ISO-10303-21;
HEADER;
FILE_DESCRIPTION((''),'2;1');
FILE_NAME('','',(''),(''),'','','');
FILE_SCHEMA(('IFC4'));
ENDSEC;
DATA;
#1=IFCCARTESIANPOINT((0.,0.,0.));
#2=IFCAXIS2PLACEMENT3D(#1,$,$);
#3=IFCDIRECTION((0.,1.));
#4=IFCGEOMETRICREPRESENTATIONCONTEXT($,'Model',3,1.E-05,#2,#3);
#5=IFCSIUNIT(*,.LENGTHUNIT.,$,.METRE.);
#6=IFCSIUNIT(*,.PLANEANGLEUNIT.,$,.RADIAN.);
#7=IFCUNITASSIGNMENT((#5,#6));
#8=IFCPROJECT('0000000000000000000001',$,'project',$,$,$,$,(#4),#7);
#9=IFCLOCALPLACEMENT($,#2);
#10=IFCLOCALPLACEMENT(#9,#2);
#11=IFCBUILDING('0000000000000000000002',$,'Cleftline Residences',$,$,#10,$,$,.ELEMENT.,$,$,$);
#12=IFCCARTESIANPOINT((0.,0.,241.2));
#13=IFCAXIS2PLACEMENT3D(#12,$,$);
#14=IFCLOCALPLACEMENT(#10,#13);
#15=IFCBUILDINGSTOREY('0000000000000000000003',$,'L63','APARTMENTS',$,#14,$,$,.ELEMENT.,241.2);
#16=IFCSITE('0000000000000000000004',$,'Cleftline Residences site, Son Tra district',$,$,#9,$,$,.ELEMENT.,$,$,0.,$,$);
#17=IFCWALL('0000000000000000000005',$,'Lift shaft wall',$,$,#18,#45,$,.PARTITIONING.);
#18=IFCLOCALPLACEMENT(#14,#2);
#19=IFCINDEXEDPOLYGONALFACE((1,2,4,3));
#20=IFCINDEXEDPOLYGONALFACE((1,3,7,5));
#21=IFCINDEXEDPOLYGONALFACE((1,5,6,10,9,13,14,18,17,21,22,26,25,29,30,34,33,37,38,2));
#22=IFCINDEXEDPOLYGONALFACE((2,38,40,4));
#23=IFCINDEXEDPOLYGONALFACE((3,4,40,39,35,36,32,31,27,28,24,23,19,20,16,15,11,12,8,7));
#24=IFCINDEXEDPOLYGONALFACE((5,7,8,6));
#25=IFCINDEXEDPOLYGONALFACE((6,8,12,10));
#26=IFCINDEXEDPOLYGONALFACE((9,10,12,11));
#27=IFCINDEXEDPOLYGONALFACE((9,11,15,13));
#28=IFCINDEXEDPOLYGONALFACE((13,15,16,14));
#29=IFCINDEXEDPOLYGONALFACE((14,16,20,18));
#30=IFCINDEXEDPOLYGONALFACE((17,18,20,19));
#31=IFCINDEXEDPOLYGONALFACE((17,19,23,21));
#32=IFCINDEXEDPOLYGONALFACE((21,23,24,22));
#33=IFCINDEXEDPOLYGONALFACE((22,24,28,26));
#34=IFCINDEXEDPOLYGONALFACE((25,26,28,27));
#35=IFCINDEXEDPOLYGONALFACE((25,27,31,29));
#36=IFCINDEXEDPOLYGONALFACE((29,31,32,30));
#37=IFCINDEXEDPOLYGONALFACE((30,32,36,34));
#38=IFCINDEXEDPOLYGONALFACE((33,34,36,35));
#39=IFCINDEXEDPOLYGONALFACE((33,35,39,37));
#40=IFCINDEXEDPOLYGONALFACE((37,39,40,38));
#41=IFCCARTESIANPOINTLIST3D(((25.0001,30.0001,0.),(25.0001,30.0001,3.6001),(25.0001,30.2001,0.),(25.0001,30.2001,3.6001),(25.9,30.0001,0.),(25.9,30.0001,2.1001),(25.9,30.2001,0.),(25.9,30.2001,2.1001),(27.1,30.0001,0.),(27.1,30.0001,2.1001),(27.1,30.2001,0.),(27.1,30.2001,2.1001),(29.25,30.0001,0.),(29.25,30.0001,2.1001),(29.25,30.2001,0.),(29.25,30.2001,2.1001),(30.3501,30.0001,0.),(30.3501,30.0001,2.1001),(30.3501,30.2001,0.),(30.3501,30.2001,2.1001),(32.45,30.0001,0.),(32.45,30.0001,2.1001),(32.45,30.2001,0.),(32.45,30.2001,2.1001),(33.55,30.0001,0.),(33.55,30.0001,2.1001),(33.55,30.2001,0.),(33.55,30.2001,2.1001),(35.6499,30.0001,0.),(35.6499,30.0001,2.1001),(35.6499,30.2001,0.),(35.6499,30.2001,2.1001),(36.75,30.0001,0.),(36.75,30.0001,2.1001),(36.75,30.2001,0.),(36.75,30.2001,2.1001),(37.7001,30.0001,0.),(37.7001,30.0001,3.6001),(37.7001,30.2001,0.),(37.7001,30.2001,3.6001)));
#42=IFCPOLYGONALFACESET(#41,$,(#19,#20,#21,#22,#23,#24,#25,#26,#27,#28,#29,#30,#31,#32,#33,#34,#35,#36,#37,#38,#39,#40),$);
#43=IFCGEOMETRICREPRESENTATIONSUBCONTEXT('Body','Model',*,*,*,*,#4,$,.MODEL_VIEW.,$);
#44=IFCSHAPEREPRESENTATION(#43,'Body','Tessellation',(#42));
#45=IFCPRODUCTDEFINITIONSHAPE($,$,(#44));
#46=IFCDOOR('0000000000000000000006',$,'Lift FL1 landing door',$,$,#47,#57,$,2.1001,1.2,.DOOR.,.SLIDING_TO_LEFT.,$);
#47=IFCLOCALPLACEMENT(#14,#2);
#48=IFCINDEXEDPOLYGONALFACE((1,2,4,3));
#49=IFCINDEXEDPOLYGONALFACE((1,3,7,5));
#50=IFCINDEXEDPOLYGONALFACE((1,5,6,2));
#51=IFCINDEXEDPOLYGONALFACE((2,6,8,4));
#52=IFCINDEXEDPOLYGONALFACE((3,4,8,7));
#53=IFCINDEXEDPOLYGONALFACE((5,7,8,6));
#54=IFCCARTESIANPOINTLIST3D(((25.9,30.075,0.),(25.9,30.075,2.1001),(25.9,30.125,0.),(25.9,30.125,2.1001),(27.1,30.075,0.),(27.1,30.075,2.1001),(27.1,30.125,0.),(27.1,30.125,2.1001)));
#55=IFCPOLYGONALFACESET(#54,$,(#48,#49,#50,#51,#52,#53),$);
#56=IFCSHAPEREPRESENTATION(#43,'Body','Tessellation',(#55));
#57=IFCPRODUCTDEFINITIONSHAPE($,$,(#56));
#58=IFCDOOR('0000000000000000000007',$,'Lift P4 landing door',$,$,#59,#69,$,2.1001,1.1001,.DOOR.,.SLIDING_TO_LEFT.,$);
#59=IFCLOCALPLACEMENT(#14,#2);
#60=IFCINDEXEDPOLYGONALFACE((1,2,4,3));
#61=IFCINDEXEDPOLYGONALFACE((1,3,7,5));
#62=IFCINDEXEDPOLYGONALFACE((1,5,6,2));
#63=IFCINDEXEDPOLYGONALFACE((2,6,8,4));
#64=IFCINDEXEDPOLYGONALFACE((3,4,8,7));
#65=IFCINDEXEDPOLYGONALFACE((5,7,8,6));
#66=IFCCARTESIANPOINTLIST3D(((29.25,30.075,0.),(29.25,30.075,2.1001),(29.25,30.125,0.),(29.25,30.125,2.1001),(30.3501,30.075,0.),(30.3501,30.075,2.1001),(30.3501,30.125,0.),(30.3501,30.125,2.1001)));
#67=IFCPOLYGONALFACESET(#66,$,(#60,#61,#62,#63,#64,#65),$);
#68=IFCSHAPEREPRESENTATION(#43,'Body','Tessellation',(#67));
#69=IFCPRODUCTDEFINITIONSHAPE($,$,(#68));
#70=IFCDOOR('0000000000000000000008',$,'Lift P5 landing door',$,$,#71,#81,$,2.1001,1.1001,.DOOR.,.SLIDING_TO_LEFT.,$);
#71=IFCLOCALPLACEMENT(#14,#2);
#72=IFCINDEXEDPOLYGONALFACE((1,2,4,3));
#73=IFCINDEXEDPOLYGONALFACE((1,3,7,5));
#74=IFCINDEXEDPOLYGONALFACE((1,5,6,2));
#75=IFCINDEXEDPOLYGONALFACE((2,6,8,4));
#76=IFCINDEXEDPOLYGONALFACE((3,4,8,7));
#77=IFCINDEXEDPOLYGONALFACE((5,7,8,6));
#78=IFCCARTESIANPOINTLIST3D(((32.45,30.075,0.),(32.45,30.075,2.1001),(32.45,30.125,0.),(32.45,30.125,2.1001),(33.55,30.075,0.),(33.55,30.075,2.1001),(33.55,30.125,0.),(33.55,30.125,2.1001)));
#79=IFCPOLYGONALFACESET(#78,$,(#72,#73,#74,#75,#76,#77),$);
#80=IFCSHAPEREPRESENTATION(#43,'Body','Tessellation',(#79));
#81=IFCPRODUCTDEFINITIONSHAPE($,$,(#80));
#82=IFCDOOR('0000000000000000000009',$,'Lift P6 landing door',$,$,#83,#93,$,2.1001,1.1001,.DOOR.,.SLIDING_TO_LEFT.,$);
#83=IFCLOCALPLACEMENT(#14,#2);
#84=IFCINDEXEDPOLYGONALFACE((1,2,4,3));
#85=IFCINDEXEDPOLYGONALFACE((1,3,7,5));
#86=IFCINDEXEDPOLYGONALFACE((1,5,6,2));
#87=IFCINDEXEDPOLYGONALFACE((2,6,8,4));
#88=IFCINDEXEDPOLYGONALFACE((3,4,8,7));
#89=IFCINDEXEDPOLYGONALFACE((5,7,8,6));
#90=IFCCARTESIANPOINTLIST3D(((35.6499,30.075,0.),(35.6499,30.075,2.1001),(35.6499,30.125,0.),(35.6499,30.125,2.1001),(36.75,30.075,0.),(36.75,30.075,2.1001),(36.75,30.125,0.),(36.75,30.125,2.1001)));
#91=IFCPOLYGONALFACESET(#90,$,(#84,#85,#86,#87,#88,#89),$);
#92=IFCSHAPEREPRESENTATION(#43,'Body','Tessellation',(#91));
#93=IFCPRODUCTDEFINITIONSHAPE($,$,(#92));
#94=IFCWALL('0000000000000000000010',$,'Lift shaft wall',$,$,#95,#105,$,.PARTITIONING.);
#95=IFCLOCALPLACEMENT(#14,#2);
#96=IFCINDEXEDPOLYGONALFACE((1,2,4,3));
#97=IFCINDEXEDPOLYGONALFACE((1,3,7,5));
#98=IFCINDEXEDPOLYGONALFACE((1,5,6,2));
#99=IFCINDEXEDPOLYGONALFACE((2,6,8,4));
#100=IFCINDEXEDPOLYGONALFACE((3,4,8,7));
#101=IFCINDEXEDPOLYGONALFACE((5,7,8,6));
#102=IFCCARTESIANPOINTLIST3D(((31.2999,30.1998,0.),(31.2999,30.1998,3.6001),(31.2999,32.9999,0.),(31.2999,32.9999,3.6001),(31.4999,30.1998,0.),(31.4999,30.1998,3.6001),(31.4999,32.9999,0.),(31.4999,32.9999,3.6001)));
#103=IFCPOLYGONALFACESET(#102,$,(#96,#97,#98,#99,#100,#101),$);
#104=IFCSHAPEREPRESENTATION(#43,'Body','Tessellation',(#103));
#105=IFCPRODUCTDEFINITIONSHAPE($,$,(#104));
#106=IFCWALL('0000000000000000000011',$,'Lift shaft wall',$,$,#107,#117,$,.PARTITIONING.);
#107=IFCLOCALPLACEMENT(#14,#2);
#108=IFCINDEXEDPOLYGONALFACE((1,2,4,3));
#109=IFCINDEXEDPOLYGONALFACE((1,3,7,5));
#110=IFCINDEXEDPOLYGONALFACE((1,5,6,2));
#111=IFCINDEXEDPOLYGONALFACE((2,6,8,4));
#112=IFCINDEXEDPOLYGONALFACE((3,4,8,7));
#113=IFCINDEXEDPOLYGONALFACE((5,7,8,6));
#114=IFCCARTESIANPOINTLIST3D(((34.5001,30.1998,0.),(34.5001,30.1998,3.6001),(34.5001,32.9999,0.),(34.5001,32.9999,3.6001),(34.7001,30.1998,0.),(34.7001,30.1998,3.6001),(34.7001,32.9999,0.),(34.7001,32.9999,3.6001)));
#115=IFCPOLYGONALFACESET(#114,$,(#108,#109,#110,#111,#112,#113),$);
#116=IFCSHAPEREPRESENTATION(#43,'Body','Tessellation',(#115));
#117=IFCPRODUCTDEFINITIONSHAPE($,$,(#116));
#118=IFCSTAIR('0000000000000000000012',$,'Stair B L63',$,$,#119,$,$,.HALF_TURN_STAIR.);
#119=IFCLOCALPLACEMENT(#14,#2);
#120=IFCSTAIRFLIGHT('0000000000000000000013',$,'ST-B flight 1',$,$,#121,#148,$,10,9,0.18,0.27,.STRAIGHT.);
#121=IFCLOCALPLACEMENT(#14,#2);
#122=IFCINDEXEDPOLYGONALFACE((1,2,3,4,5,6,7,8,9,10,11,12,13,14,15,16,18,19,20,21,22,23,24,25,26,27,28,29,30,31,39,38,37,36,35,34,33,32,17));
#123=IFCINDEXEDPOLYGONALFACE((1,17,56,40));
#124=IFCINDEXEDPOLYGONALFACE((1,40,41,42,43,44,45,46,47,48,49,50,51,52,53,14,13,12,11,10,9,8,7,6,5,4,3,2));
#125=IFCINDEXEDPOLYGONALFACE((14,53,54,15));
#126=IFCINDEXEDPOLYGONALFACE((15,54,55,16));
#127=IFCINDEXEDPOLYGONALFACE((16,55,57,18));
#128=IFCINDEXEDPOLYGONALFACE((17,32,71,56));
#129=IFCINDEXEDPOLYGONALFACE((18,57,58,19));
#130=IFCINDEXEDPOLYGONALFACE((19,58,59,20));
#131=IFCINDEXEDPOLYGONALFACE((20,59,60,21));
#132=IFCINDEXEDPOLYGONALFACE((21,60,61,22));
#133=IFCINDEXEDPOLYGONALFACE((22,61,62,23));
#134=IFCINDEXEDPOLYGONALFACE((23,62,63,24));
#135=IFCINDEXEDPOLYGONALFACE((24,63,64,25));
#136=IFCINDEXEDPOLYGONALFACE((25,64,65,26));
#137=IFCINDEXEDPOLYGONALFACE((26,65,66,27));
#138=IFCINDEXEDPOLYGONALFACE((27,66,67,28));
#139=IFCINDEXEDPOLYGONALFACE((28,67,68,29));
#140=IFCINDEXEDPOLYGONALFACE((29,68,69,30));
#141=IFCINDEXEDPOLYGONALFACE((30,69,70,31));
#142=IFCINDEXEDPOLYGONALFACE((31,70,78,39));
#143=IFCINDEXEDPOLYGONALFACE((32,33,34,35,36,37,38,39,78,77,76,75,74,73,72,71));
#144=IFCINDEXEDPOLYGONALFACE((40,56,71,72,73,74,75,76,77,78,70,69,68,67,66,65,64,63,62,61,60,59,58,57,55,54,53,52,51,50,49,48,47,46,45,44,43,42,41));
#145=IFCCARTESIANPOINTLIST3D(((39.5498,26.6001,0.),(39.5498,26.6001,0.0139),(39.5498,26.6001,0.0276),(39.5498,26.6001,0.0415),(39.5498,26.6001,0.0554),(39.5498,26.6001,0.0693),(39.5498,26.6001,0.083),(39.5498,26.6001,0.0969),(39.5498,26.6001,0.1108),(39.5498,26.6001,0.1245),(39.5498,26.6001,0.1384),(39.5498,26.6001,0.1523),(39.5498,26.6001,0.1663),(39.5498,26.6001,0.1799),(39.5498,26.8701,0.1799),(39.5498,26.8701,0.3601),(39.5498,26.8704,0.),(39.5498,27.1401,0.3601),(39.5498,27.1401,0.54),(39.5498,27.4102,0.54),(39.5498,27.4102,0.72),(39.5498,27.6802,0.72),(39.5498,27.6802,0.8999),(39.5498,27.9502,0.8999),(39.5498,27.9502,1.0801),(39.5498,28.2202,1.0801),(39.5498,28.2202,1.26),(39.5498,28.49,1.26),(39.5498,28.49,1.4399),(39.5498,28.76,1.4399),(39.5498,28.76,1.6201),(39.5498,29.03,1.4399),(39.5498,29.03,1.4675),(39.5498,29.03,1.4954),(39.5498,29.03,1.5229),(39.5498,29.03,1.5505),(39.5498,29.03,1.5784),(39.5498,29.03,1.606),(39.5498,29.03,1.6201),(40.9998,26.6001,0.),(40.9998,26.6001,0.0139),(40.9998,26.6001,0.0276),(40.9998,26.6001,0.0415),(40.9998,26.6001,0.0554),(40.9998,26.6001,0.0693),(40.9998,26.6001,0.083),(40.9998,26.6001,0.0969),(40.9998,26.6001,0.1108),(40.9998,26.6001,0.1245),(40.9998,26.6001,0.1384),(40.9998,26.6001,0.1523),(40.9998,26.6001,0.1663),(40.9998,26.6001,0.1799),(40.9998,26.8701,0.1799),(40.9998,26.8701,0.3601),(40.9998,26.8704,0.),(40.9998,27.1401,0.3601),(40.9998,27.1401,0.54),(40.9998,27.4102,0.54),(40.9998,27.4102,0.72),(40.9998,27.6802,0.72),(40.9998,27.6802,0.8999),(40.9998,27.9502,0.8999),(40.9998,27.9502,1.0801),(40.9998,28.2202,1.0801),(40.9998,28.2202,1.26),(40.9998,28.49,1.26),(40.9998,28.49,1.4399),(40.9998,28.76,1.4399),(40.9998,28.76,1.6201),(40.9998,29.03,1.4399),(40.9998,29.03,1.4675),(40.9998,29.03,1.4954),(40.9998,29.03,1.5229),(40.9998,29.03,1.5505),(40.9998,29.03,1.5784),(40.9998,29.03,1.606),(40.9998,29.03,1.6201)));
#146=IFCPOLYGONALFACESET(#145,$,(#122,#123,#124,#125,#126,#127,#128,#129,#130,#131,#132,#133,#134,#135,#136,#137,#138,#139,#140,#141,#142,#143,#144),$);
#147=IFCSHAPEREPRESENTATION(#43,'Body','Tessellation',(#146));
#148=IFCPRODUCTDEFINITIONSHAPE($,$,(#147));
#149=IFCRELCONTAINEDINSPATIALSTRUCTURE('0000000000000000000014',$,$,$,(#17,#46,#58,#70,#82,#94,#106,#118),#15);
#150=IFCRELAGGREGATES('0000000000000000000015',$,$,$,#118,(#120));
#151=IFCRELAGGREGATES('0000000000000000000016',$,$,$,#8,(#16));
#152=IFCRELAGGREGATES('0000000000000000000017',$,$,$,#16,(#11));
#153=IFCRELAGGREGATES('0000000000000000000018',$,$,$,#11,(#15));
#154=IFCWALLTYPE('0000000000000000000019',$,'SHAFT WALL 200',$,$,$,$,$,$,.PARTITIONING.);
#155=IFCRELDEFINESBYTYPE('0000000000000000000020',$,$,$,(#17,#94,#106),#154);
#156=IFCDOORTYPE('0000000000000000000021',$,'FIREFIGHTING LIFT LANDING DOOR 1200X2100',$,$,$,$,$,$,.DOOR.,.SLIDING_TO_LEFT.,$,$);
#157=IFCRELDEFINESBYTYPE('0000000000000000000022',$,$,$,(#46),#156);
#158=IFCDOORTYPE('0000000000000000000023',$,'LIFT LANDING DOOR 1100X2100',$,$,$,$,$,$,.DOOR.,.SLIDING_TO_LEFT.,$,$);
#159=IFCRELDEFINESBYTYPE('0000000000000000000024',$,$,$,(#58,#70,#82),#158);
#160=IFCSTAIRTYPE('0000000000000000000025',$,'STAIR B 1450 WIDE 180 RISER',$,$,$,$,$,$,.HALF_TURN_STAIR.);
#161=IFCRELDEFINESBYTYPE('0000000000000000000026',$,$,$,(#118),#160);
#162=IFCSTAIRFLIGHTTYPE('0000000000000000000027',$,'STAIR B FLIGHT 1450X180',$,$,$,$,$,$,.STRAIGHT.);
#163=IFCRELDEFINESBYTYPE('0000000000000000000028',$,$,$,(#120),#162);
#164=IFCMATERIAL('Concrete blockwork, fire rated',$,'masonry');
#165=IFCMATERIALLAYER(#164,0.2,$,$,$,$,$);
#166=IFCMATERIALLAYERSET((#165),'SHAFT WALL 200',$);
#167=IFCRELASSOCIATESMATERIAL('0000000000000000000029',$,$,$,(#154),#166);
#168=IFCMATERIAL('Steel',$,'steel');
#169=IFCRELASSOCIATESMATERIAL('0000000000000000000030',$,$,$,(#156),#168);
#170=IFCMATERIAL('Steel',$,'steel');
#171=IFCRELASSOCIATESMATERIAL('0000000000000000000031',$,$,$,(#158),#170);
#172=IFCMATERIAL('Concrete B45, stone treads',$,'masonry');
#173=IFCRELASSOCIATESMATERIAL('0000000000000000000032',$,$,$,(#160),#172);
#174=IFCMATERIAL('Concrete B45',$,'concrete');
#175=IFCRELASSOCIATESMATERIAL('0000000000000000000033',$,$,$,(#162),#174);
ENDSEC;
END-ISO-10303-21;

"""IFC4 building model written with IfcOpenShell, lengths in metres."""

from ifc_helpers import new_model, si_unit, direction, frame, frame_2d, origin, place, context, subcontext, project, spatial, polyline, rectangle, outline, extrude, material, layer, layer_set, type_object, element, fill, aggregate, save


model = new_model("IFC4")

# Units and contexts
model_context = context("Model", 3, precision=1e-05, world=origin(), true_north=direction((0.0, 1.0)))
body_context = subcontext(model_context, "Body", "Model", "MODEL_VIEW")
ifc_project = project(units=[si_unit("LENGTHUNIT", "METRE"), si_unit("PLANEANGLEUNIT", "RADIAN")], contexts=[model_context])

# Site, building, storey
site_placement = place(None, origin())
site = spatial("IfcSite", under=ifc_project, at=site_placement, Name="Cleftline Residences site, Son Tra district", CompositionType="ELEMENT", RefElevation=0.0)
building_placement = place(site_placement, origin())
building = spatial("IfcBuilding", under=site, at=building_placement, Name="Cleftline Residences", CompositionType="ELEMENT")
storey_placement = place(building_placement, frame((0.0, 0.0, 241.2)))
storey = spatial("IfcBuildingStorey", under=building, at=storey_placement, Name="L63", Description="APARTMENTS", CompositionType="ELEMENT", Elevation=241.2)

# Wall, openings, doors
ifc_material_1 = material(Name="Concrete blockwork, fire rated", Category="masonry")
ifc_layer_1 = layer(ifc_material_1, 0.2)
ifc_layer_set_1 = layer_set([ifc_layer_1], Name="SHAFT WALL 200")
wall_type_1 = type_object("IfcWallType", Name="SHAFT WALL 200", PredefinedType="PARTITIONING", material=ifc_layer_set_1)
wall_1_placement = place(storey_placement, frame((25.0, 30.1001, 0.0), z_axis=(0.0, 0.0, 1.0), x_axis=(1.0, 0.0, 0.0)))
wall_1 = element("IfcWall", 1, at=wall_1_placement, inside=storey, type_object=wall_type_1, Name="Lift shaft wall", PredefinedType="PARTITIONING", context=body_context, shape_type="SweptSolid", body=[
    extrude(rectangle(XDim=12.7, YDim=0.2, at=frame_2d((6.3501, 0.0))), origin(), (0.0, 0.0, 1.0), 3.6001),
])
opening_1_placement = place(wall_1_placement, frame((4.25, 0.0, 0.0)))
opening_1 = element("IfcOpeningElement", 2, at=opening_1_placement, cuts=wall_1, PredefinedType="OPENING", context=body_context, shape_type="SweptSolid", body=[
    extrude(rectangle(XDim=1.1001, YDim=2.1001, at=frame_2d((0.55, 1.05))), frame((0.0, 0.1099, 0.0), z_axis=(0.0, -1.0, 0.0), x_axis=(1.0, 0.0, 0.0)), (0.0, 0.0, 1.0), 0.22),
])
opening_2_placement = place(wall_1_placement, frame((7.45, 0.0, 0.0)))
opening_2 = element("IfcOpeningElement", 3, at=opening_2_placement, cuts=wall_1, PredefinedType="OPENING", context=body_context, shape_type="SweptSolid", body=[
    extrude(rectangle(XDim=1.1001, YDim=2.1001, at=frame_2d((0.55, 1.05))), frame((0.0, 0.1099, 0.0), z_axis=(0.0, -1.0, 0.0), x_axis=(1.0, 0.0, 0.0)), (0.0, 0.0, 1.0), 0.22),
])
opening_3_placement = place(wall_1_placement, frame((10.6499, 0.0, 0.0)))
opening_3 = element("IfcOpeningElement", 4, at=opening_3_placement, cuts=wall_1, PredefinedType="OPENING", context=body_context, shape_type="SweptSolid", body=[
    extrude(rectangle(XDim=1.1001, YDim=2.1001, at=frame_2d((0.55, 1.05))), frame((0.0, 0.1099, 0.0), z_axis=(0.0, -1.0, 0.0), x_axis=(1.0, 0.0, 0.0)), (0.0, 0.0, 1.0), 0.22),
])
opening_4_placement = place(wall_1_placement, frame((0.8999, 0.0, 0.0)))
opening_4 = element("IfcOpeningElement", 5, at=opening_4_placement, cuts=wall_1, PredefinedType="OPENING", context=body_context, shape_type="SweptSolid", body=[
    extrude(rectangle(XDim=1.2, YDim=2.1001, at=frame_2d((0.6001, 1.05))), frame((0.0, 0.1099, 0.0), z_axis=(0.0, -1.0, 0.0), x_axis=(1.0, 0.0, 0.0)), (0.0, 0.0, 1.0), 0.22),
])
ifc_material_2 = material(Name="Steel", Category="steel")
door_type_1 = type_object("IfcDoorType", Name="FIREFIGHTING LIFT LANDING DOOR 1200X2100", OperationType="SLIDING_TO_LEFT", PredefinedType="DOOR", material=ifc_material_2)
door_1_placement = place(opening_4_placement, origin())
door_1 = element("IfcDoor", 6, at=door_1_placement, inside=storey, type_object=door_type_1, Name="Lift FL1 landing door", OperationType="SLIDING_TO_LEFT", OverallHeight=2.1001, OverallWidth=1.2, PredefinedType="DOOR", context=body_context, shape_type="SweptSolid", body=[
    extrude(rectangle(XDim=1.2, YDim=2.1001, at=frame_2d((0.6001, 1.05))), frame((0.0, 0.0249, 0.0), z_axis=(0.0, -1.0, 0.0), x_axis=(1.0, 0.0, 0.0)), (0.0, 0.0, 1.0), 0.05),
])
fill(opening_4, door_1)
ifc_material_3 = material(Name="Steel", Category="steel")
door_type_2 = type_object("IfcDoorType", Name="LIFT LANDING DOOR 1100X2100", OperationType="SLIDING_TO_LEFT", PredefinedType="DOOR", material=ifc_material_3)
door_2_placement = place(opening_1_placement, origin())
door_2 = element("IfcDoor", 7, at=door_2_placement, inside=storey, type_object=door_type_2, Name="Lift P4 landing door", OperationType="SLIDING_TO_LEFT", OverallHeight=2.1001, OverallWidth=1.1001, PredefinedType="DOOR", context=body_context, shape_type="SweptSolid", body=[
    extrude(rectangle(XDim=1.1001, YDim=2.1001, at=frame_2d((0.55, 1.05))), frame((0.0, 0.0249, 0.0), z_axis=(0.0, -1.0, 0.0), x_axis=(1.0, 0.0, 0.0)), (0.0, 0.0, 1.0), 0.05),
])
fill(opening_1, door_2)
door_3_placement = place(opening_2_placement, origin())
door_3 = element("IfcDoor", 8, at=door_3_placement, inside=storey, type_object=door_type_2, Name="Lift P5 landing door", OperationType="SLIDING_TO_LEFT", OverallHeight=2.1001, OverallWidth=1.1001, PredefinedType="DOOR", context=body_context, shape_type="SweptSolid", body=[
    extrude(rectangle(XDim=1.1001, YDim=2.1001, at=frame_2d((0.55, 1.05))), frame((0.0, 0.0249, 0.0), z_axis=(0.0, -1.0, 0.0), x_axis=(1.0, 0.0, 0.0)), (0.0, 0.0, 1.0), 0.05),
])
fill(opening_2, door_3)
door_4_placement = place(opening_3_placement, origin())
door_4 = element("IfcDoor", 9, at=door_4_placement, inside=storey, type_object=door_type_2, Name="Lift P6 landing door", OperationType="SLIDING_TO_LEFT", OverallHeight=2.1001, OverallWidth=1.1001, PredefinedType="DOOR", context=body_context, shape_type="SweptSolid", body=[
    extrude(rectangle(XDim=1.1001, YDim=2.1001, at=frame_2d((0.55, 1.05))), frame((0.0, 0.0249, 0.0), z_axis=(0.0, -1.0, 0.0), x_axis=(1.0, 0.0, 0.0)), (0.0, 0.0, 1.0), 0.05),
])
fill(opening_3, door_4)

# Walls
for number, where, z_axis, x_axis, name in (
    (10, (31.3999, 30.2, 0.0), (0.0, 0.0, 1.0), (0.0, 1.0, 0.0), "Lift shaft wall"),
    (11, (34.6001, 30.2, 0.0), (0.0, 0.0, 1.0), (0.0, 1.0, 0.0), "Lift shaft wall"),
):
    element("IfcWall", number, at=place(storey_placement, frame(where, z_axis=z_axis, x_axis=x_axis)), inside=storey, type_object=wall_type_1, Name=name, PredefinedType="PARTITIONING", context=body_context, shape_type="SweptSolid", body=[
        extrude(rectangle(XDim=2.8, YDim=0.2, at=frame_2d((1.3999, 0.0))), origin(), (0.0, 0.0, 1.0), 3.6001),
    ])

# Stair, stair flight
ifc_material_4 = material(Name="Concrete B45, stone treads", Category="masonry")
stair_type = type_object("IfcStairType", Name="STAIR B 1450 WIDE 180 RISER", PredefinedType="HALF_TURN_STAIR", material=ifc_material_4)
stair_placement = place(storey_placement, origin())
stair = element("IfcStair", 12, at=stair_placement, inside=storey, type_object=stair_type, Name="Stair B L63", PredefinedType="HALF_TURN_STAIR")
ifc_material_5 = material(Name="Concrete B45", Category="concrete")
stair_flight_type = type_object("IfcStairFlightType", Name="STAIR B FLIGHT 1450X180", PredefinedType="STRAIGHT", material=ifc_material_5)
stair_flight_1_placement = place(storey_placement, frame((40.2749, 26.6001, 0.0), z_axis=(0.0, 0.0, 1.0), x_axis=(0.0, 1.0, 0.0)))
stair_flight_1 = element("IfcStairFlight", 13, at=stair_flight_1_placement, type_object=stair_flight_type, Name="ST-B flight 1", NumberOfRisers=10, NumberOfTreads=9, PredefinedType="STRAIGHT", RiserHeight=0.18, TreadLength=0.27, context=body_context, shape_type="SweptSolid", body=[
    extrude(outline(polyline([(0.0, 0.0), (0.0, 0.0139), (0.0, 0.0276), (0.0, 0.0415), (0.0, 0.0554), (0.0, 0.0693), (0.0, 0.083), (0.0, 0.0969), (0.0, 0.1108), (0.0, 0.1245), (0.0, 0.1384), (0.0, 0.1523), (0.0, 0.1663), (0.0, 0.1799), (0.27, 0.1799), (0.27, 0.3601), (0.54, 0.3601), (0.54, 0.54), (0.8101, 0.54), (0.8101, 0.72), (1.0801, 0.72), (1.0801, 0.8999), (1.3501, 0.8999), (1.3501, 1.0801), (1.6201, 1.0801), (1.6201, 1.26), (1.8899, 1.26), (1.8899, 1.4399), (2.1599, 1.4399), (2.1599, 1.6201), (2.4299, 1.6201), (2.4299, 1.8), (2.4299, 1.7722), (2.4299, 1.7446), (2.4299, 1.7168), (2.4299, 1.6892), (2.4299, 1.6614), (2.4299, 1.6338), (2.4299, 1.606), (2.4299, 1.5784), (2.4299, 1.5505), (2.4299, 1.5229), (2.4299, 1.4954), (2.4299, 1.4675), (2.4299, 1.4399), (0.2703, 0.0), (0.0, 0.0)])), frame((0.0, 0.7251, 0.0), z_axis=(0.0, -1.0, 0.0), x_axis=(1.0, 0.0, 0.0)), (0.0, 0.0, 1.0), 1.45),
])
aggregate(stair, [stair_flight_1])

save(model, "model.ifc")
